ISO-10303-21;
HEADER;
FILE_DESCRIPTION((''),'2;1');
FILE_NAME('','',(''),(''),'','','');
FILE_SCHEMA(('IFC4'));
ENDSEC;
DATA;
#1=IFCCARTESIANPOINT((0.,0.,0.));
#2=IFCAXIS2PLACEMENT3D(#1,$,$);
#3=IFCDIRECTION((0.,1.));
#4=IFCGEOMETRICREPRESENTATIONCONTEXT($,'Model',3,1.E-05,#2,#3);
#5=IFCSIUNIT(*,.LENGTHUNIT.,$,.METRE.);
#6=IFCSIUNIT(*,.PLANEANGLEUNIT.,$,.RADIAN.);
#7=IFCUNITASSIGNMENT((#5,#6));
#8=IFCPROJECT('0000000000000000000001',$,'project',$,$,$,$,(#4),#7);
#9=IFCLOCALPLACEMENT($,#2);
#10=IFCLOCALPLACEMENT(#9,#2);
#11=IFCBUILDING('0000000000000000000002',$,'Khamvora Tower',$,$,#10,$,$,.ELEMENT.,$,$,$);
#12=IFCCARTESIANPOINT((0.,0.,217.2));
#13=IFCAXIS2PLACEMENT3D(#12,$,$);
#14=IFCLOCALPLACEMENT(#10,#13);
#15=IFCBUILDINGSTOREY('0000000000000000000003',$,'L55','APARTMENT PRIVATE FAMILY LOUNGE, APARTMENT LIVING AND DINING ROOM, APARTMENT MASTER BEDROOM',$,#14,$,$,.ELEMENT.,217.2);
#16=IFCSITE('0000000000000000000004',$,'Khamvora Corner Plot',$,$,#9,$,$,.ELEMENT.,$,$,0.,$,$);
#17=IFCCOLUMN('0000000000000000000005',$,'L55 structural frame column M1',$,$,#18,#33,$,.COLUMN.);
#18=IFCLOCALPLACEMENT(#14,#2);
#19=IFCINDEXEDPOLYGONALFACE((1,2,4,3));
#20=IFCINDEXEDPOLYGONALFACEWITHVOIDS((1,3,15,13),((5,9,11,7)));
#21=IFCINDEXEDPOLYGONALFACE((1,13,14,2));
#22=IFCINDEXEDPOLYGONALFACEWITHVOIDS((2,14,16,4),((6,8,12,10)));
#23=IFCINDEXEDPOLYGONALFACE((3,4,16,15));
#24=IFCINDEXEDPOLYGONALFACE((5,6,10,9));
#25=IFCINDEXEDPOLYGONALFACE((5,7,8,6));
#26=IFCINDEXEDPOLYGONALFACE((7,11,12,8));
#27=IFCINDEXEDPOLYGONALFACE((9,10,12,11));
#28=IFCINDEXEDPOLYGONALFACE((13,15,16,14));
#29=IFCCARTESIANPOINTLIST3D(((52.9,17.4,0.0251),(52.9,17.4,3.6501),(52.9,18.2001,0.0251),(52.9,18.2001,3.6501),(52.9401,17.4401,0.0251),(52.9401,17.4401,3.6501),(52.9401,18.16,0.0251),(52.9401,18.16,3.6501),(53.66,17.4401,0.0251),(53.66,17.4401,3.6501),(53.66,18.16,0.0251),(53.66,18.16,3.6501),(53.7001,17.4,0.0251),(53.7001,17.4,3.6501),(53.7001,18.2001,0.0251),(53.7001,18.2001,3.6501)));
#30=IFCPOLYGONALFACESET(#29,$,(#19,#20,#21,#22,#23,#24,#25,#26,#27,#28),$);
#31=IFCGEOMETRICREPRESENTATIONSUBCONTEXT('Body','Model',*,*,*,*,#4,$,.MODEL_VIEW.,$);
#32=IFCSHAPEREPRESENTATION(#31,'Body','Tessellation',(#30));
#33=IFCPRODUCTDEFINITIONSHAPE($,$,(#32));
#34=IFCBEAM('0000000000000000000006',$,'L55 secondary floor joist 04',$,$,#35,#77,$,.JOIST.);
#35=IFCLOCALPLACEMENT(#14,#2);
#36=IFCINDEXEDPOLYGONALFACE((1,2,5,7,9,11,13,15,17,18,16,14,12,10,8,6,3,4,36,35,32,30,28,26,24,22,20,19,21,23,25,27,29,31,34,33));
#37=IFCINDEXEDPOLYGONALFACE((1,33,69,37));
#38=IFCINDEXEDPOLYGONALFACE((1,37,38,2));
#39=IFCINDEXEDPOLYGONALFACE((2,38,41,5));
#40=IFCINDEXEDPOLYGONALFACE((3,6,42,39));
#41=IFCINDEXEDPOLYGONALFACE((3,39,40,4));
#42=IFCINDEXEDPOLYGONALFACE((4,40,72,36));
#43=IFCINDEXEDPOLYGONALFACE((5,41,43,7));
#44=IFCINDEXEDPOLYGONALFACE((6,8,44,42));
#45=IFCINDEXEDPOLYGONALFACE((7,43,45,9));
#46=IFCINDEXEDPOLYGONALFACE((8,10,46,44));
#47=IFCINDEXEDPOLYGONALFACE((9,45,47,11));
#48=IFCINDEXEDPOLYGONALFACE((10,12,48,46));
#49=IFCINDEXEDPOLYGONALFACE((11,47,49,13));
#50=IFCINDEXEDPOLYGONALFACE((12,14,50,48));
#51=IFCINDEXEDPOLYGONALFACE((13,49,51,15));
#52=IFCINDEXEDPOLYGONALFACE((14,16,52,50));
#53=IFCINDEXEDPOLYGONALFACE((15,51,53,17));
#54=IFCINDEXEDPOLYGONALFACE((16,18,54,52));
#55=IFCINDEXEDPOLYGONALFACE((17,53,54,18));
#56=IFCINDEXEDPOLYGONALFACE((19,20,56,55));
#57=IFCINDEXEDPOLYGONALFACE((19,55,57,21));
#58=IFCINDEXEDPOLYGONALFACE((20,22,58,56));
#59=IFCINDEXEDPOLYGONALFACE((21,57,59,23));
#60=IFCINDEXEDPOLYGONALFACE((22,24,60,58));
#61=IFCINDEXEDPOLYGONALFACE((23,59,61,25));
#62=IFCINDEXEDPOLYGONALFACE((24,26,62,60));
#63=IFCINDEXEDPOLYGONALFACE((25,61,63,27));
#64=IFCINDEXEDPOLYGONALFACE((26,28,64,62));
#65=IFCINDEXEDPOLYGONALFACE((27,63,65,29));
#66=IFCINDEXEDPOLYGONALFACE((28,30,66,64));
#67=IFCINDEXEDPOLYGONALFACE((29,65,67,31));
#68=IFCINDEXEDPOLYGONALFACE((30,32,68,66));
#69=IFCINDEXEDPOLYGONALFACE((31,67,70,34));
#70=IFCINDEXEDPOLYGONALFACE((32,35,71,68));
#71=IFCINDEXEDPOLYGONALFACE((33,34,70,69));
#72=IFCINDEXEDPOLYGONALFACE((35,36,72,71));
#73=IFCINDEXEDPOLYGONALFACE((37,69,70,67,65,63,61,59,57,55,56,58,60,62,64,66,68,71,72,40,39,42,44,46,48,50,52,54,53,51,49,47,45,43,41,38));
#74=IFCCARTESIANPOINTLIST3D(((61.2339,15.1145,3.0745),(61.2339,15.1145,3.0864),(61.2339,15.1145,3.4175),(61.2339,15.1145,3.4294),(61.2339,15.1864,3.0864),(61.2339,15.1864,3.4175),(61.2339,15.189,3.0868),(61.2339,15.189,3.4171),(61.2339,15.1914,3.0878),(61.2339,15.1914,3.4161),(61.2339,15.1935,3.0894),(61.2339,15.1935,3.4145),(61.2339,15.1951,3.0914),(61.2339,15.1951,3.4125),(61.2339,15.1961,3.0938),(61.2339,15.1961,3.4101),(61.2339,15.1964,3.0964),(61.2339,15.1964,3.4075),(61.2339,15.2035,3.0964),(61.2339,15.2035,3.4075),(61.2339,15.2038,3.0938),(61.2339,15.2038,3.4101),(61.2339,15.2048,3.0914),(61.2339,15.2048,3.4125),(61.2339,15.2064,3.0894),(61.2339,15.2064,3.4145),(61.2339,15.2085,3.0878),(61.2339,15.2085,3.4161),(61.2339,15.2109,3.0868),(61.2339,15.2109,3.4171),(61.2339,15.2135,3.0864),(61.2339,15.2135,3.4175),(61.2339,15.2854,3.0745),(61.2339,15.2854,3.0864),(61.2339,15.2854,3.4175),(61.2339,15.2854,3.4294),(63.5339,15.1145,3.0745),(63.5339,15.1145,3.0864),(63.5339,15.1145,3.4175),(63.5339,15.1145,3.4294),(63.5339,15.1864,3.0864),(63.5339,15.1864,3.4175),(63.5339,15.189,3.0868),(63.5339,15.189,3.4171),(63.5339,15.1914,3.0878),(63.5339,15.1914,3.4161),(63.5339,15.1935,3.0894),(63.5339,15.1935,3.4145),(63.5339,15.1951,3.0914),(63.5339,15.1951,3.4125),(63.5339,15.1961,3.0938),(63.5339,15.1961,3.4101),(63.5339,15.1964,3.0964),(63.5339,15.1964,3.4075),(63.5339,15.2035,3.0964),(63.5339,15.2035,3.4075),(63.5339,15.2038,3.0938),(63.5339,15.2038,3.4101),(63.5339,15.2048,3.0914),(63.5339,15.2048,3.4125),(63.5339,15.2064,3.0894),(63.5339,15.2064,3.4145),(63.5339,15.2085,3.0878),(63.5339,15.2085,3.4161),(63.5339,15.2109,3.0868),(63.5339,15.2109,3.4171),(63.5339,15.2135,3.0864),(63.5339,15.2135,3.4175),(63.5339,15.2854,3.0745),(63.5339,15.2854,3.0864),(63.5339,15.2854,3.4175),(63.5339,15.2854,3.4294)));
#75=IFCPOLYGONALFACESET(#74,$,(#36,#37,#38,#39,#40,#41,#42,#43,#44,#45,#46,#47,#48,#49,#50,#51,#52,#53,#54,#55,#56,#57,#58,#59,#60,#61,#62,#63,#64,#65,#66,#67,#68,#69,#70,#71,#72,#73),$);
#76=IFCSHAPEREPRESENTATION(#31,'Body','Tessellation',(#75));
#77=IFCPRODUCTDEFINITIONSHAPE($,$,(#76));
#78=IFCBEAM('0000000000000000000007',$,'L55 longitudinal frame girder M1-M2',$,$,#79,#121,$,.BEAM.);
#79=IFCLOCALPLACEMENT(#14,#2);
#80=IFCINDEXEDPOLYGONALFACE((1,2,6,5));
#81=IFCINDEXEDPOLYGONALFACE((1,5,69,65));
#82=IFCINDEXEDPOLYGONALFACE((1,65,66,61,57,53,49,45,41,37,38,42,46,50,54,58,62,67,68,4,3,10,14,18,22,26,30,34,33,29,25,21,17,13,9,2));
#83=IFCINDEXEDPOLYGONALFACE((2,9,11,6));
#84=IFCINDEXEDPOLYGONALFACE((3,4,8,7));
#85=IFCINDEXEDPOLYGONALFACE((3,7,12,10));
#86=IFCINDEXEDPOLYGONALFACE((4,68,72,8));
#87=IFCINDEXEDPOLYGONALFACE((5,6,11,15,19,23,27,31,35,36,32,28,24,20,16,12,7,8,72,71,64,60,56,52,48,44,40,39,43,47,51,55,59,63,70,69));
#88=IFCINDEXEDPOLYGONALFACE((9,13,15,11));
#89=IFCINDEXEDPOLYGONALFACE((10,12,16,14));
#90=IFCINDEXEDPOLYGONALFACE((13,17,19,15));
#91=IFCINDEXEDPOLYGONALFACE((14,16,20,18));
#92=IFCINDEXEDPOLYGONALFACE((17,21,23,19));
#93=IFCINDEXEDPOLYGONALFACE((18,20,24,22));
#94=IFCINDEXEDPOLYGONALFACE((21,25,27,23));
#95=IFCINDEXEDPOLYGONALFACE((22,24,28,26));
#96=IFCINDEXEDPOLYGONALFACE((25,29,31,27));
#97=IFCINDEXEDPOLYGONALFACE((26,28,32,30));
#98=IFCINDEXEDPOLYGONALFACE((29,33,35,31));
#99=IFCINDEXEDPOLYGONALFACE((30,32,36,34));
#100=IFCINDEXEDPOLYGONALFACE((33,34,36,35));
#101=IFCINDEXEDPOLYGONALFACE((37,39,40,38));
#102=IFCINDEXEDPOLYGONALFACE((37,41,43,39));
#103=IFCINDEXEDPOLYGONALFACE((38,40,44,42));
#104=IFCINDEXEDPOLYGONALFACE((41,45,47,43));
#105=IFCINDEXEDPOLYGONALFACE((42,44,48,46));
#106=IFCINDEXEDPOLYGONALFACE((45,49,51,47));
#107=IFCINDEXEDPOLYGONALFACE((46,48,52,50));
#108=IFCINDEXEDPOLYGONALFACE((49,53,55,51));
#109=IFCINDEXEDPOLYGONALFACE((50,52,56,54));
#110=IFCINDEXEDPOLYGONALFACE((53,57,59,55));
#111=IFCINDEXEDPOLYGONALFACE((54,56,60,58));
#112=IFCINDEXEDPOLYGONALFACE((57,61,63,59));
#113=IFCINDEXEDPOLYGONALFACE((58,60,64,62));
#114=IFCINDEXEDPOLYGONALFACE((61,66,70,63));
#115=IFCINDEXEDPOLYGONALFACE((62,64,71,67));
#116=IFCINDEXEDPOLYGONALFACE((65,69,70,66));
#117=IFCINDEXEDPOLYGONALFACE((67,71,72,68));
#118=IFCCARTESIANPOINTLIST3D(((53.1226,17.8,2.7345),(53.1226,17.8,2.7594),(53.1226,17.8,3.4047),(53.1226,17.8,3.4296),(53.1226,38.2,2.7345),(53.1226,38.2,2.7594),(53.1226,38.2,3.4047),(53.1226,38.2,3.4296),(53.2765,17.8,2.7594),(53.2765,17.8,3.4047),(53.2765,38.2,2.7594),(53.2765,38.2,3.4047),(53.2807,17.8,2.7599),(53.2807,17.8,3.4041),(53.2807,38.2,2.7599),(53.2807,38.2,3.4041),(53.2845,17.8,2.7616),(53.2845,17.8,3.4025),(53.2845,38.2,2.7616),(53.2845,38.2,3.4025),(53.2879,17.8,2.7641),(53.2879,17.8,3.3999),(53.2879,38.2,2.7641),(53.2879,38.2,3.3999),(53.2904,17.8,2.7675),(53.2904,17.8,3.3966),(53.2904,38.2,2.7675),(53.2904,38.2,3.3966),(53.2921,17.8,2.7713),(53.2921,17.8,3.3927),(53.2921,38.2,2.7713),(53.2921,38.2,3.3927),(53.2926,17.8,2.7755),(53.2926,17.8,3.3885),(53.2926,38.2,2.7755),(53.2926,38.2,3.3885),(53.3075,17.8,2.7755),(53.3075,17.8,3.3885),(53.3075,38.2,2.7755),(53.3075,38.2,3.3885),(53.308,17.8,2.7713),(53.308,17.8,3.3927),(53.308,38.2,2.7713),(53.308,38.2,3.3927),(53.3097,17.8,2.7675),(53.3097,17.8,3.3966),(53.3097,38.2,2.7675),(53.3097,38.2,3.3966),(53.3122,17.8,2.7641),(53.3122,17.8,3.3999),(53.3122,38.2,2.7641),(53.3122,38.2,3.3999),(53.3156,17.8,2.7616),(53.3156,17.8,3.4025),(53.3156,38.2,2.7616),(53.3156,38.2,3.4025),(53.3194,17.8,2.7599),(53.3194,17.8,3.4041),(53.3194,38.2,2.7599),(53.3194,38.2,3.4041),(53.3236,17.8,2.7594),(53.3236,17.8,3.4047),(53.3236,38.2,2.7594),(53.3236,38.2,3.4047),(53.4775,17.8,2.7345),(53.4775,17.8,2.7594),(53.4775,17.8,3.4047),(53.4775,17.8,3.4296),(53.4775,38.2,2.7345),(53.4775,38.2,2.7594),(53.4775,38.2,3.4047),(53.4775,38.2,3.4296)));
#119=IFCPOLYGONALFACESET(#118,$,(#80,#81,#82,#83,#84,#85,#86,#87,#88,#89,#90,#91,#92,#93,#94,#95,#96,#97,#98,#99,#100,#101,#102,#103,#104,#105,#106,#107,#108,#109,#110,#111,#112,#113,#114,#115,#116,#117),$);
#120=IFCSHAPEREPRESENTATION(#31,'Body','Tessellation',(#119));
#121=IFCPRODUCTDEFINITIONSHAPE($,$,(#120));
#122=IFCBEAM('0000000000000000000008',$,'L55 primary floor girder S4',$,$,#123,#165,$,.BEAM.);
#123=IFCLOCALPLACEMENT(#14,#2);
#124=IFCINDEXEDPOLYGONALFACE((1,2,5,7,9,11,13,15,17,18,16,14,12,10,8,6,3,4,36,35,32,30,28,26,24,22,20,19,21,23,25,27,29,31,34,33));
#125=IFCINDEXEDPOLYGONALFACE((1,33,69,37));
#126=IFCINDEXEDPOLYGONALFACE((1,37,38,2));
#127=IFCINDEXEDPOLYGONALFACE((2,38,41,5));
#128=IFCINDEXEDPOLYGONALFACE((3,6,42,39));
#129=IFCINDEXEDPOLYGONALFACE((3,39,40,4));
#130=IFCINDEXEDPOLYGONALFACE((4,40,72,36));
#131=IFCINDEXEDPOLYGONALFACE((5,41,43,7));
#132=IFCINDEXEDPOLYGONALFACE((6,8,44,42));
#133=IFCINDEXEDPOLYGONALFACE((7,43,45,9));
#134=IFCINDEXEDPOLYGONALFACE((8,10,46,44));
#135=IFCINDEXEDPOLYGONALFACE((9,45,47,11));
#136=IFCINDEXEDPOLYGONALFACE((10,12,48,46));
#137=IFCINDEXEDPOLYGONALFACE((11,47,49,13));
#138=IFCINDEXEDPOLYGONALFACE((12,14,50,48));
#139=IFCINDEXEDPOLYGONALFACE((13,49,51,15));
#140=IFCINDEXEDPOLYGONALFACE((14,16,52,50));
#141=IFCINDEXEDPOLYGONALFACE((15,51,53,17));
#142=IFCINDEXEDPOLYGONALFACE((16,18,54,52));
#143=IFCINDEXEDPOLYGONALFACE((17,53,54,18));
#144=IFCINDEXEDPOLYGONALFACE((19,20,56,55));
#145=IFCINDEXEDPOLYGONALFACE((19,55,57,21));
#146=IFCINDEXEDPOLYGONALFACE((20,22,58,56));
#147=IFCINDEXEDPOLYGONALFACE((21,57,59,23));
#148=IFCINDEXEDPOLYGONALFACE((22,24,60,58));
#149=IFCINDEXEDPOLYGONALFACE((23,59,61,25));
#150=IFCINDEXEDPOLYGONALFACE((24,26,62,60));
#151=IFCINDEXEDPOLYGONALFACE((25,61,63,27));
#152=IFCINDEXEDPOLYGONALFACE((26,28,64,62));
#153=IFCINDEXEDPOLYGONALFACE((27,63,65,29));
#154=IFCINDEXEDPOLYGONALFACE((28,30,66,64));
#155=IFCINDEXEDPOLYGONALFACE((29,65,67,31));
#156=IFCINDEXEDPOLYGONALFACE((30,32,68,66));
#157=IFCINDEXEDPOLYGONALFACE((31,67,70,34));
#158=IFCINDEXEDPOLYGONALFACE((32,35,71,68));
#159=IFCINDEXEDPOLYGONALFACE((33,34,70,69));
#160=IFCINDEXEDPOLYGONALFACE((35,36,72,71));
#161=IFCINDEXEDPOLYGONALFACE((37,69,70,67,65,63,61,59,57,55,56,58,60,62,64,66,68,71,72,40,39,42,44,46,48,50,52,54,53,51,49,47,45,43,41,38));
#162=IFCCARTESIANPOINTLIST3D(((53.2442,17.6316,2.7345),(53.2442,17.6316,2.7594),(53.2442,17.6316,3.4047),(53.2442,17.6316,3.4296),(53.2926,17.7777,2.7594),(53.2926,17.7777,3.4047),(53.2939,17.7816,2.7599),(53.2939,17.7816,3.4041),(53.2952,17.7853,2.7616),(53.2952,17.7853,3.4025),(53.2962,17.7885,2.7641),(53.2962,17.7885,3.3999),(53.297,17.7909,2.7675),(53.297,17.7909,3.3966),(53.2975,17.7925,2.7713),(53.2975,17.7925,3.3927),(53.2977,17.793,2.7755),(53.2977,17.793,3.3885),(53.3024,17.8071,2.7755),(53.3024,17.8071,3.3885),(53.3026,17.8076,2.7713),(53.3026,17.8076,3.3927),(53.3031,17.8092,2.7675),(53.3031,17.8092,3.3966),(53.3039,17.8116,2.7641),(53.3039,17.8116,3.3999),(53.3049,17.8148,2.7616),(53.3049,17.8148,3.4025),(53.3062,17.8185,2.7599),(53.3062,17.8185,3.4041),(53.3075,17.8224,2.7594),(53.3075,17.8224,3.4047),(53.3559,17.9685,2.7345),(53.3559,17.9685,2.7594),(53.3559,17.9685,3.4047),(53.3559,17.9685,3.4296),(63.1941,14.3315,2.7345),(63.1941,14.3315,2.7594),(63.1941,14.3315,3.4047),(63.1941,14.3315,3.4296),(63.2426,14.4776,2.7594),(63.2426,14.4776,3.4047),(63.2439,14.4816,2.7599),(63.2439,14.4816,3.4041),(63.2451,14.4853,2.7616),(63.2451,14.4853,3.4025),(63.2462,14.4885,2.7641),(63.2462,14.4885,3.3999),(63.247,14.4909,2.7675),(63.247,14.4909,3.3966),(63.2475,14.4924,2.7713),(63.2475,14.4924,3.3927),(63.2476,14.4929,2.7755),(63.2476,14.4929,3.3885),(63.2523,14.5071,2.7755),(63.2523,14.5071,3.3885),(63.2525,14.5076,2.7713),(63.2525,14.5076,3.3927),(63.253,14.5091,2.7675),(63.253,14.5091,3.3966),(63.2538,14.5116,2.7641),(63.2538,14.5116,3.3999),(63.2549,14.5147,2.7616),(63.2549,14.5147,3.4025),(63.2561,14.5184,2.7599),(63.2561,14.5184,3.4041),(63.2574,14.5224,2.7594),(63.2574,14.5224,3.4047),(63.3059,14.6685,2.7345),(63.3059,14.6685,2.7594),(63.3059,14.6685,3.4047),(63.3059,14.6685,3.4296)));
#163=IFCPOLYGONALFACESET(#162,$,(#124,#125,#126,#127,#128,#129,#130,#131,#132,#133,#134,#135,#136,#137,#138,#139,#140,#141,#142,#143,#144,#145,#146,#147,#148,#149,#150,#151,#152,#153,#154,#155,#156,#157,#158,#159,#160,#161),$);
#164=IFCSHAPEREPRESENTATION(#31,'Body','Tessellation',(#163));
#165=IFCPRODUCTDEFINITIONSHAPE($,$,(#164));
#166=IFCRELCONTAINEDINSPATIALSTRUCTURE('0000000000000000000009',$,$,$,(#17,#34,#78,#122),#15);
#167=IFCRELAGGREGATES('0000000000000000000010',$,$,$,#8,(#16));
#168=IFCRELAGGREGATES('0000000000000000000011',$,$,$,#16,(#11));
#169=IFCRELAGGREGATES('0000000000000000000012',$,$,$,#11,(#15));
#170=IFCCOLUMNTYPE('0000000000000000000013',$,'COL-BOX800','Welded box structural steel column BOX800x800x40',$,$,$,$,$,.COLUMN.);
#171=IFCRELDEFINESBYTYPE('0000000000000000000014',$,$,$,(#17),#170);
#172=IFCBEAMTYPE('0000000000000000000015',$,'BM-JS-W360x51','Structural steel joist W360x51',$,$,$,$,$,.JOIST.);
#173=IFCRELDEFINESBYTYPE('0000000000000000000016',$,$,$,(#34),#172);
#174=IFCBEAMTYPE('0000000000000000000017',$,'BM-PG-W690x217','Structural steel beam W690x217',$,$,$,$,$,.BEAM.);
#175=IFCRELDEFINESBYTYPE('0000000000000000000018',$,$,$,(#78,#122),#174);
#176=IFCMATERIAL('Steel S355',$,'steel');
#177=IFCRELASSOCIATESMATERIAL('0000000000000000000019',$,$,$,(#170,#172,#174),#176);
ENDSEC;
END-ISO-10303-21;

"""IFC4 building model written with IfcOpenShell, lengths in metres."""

from ifc_helpers import new_model, si_unit, direction, frame, origin, origin_2d, place, context, subcontext, project, spatial, hollow_rectangle, i_section, extrude, material, material_profile, profile_set, type_object, element, save


model = new_model("IFC4")

# Units and contexts
model_context = context("Model", 3, precision=1e-05, world=origin(), true_north=direction((0.0, 1.0)))
body_context = subcontext(model_context, "Body", "Model", "MODEL_VIEW")
ifc_project = project(units=[si_unit("LENGTHUNIT", "METRE"), si_unit("PLANEANGLEUNIT", "RADIAN")], contexts=[model_context])

# Site, building, storey
site_placement = place(None, origin())
site = spatial("IfcSite", under=ifc_project, at=site_placement, Name="Khamvora Corner Plot", CompositionType="ELEMENT", RefElevation=0.0)
building_placement = place(site_placement, origin())
building = spatial("IfcBuilding", under=site, at=building_placement, Name="Khamvora Tower", CompositionType="ELEMENT")
storey_placement = place(building_placement, frame((0.0, 0.0, 217.2)))
storey = spatial("IfcBuildingStorey", under=building, at=storey_placement, Name="L55", Description="APARTMENT PRIVATE FAMILY LOUNGE, APARTMENT LIVING AND DINING ROOM, APARTMENT MASTER BEDROOM", CompositionType="ELEMENT", Elevation=217.2)

# Column
ifc_material_1 = material(Name="Steel S355", Category="steel")
ifc_material_profile_1 = material_profile(ifc_material_1, hollow_rectangle(XDim=0.8, YDim=0.8, WallThickness=0.04, at=origin_2d()), Name="BOX800x800x40")
ifc_profile_set_1 = profile_set([ifc_material_profile_1], Name="Steel S355")
column_type = type_object("IfcColumnType", Name="COL-BOX800", Description="Welded box structural steel column BOX800x800x40", PredefinedType="COLUMN", material=ifc_profile_set_1)
column_placement = place(storey_placement, frame((53.3, 17.8, 0.0251), z_axis=(0.0, 0.0, 1.0), x_axis=(1.0, 0.0, 0.0)))
element("IfcColumn", 1, at=column_placement, inside=storey, type_object=column_type, Name="L55 structural frame column M1", PredefinedType="COLUMN", context=body_context, shape_type="SweptSolid", body=[
    extrude(hollow_rectangle(XDim=0.8, YDim=0.8, WallThickness=0.04, at=origin_2d()), origin(), (0.0, 0.0, 1.0), 3.625),
])

# Beams
ifc_material_profile_2 = material_profile(ifc_material_1, i_section(OverallWidth=0.1709, OverallDepth=0.355, WebThickness=0.0071, FlangeThickness=0.012, FilletRadius=0.01, at=origin_2d()), Name="W360x51")
ifc_profile_set_2 = profile_set([ifc_material_profile_2], Name="Steel S355")
beam_type_1 = type_object("IfcBeamType", Name="BM-JS-W360x51", Description="Structural steel joist W360x51", PredefinedType="JOIST", material=ifc_profile_set_2)
beam_1_placement = place(storey_placement, frame((61.2339, 15.2, 3.252), z_axis=(1.0, 0.0, 0.0), x_axis=(0.0, 1.0, 0.0)))
element("IfcBeam", 2, at=beam_1_placement, inside=storey, type_object=beam_type_1, Name="L55 secondary floor joist 04", PredefinedType="JOIST", context=body_context, shape_type="SweptSolid", body=[
    extrude(i_section(OverallWidth=0.1709, OverallDepth=0.355, WebThickness=0.0071, FlangeThickness=0.012, FilletRadius=0.01, at=origin_2d()), origin(), (0.0, 0.0, 1.0), 2.3),
])
ifc_material_profile_3 = material_profile(ifc_material_1, i_section(OverallWidth=0.355, OverallDepth=0.6951, WebThickness=0.0149, FlangeThickness=0.0249, FilletRadius=0.0161, at=origin_2d()), Name="W690x217")
ifc_profile_set_3 = profile_set([ifc_material_profile_3], Name="Steel S355")
beam_type_2 = type_object("IfcBeamType", Name="BM-PG-W690x217", Description="Structural steel beam W690x217", PredefinedType="BEAM", material=ifc_profile_set_3)
beam_2_placement = place(storey_placement, frame((53.3, 17.8, 3.082), z_axis=(0.0, 1.0, 0.0), x_axis=(-1.0, 0.0, 0.0)))
element("IfcBeam", 3, at=beam_2_placement, inside=storey, type_object=beam_type_2, Name="L55 longitudinal frame girder M1-M2", PredefinedType="BEAM", context=body_context, shape_type="SweptSolid", body=[
    extrude(i_section(OverallWidth=0.355, OverallDepth=0.6951, WebThickness=0.0149, FlangeThickness=0.0249, FilletRadius=0.0161, at=origin_2d()), origin(), (0.0, 0.0, 1.0), 20.3999),
])
beam_3_placement = place(storey_placement, frame((53.3, 17.8, 3.082), z_axis=(0.949157, -0.314802, 0.0), x_axis=(0.314802, 0.949157, 0.0)))
element("IfcBeam", 4, at=beam_3_placement, inside=storey, type_object=beam_type_2, Name="L55 primary floor girder S4", PredefinedType="BEAM", context=body_context, shape_type="SweptSolid", body=[
    extrude(i_section(OverallWidth=0.355, OverallDepth=0.6951, WebThickness=0.0149, FlangeThickness=0.0249, FilletRadius=0.0161, at=origin_2d()), origin(), (0.0, 0.0, 1.0), 10.4829),
])

save(model, "model.ifc")
